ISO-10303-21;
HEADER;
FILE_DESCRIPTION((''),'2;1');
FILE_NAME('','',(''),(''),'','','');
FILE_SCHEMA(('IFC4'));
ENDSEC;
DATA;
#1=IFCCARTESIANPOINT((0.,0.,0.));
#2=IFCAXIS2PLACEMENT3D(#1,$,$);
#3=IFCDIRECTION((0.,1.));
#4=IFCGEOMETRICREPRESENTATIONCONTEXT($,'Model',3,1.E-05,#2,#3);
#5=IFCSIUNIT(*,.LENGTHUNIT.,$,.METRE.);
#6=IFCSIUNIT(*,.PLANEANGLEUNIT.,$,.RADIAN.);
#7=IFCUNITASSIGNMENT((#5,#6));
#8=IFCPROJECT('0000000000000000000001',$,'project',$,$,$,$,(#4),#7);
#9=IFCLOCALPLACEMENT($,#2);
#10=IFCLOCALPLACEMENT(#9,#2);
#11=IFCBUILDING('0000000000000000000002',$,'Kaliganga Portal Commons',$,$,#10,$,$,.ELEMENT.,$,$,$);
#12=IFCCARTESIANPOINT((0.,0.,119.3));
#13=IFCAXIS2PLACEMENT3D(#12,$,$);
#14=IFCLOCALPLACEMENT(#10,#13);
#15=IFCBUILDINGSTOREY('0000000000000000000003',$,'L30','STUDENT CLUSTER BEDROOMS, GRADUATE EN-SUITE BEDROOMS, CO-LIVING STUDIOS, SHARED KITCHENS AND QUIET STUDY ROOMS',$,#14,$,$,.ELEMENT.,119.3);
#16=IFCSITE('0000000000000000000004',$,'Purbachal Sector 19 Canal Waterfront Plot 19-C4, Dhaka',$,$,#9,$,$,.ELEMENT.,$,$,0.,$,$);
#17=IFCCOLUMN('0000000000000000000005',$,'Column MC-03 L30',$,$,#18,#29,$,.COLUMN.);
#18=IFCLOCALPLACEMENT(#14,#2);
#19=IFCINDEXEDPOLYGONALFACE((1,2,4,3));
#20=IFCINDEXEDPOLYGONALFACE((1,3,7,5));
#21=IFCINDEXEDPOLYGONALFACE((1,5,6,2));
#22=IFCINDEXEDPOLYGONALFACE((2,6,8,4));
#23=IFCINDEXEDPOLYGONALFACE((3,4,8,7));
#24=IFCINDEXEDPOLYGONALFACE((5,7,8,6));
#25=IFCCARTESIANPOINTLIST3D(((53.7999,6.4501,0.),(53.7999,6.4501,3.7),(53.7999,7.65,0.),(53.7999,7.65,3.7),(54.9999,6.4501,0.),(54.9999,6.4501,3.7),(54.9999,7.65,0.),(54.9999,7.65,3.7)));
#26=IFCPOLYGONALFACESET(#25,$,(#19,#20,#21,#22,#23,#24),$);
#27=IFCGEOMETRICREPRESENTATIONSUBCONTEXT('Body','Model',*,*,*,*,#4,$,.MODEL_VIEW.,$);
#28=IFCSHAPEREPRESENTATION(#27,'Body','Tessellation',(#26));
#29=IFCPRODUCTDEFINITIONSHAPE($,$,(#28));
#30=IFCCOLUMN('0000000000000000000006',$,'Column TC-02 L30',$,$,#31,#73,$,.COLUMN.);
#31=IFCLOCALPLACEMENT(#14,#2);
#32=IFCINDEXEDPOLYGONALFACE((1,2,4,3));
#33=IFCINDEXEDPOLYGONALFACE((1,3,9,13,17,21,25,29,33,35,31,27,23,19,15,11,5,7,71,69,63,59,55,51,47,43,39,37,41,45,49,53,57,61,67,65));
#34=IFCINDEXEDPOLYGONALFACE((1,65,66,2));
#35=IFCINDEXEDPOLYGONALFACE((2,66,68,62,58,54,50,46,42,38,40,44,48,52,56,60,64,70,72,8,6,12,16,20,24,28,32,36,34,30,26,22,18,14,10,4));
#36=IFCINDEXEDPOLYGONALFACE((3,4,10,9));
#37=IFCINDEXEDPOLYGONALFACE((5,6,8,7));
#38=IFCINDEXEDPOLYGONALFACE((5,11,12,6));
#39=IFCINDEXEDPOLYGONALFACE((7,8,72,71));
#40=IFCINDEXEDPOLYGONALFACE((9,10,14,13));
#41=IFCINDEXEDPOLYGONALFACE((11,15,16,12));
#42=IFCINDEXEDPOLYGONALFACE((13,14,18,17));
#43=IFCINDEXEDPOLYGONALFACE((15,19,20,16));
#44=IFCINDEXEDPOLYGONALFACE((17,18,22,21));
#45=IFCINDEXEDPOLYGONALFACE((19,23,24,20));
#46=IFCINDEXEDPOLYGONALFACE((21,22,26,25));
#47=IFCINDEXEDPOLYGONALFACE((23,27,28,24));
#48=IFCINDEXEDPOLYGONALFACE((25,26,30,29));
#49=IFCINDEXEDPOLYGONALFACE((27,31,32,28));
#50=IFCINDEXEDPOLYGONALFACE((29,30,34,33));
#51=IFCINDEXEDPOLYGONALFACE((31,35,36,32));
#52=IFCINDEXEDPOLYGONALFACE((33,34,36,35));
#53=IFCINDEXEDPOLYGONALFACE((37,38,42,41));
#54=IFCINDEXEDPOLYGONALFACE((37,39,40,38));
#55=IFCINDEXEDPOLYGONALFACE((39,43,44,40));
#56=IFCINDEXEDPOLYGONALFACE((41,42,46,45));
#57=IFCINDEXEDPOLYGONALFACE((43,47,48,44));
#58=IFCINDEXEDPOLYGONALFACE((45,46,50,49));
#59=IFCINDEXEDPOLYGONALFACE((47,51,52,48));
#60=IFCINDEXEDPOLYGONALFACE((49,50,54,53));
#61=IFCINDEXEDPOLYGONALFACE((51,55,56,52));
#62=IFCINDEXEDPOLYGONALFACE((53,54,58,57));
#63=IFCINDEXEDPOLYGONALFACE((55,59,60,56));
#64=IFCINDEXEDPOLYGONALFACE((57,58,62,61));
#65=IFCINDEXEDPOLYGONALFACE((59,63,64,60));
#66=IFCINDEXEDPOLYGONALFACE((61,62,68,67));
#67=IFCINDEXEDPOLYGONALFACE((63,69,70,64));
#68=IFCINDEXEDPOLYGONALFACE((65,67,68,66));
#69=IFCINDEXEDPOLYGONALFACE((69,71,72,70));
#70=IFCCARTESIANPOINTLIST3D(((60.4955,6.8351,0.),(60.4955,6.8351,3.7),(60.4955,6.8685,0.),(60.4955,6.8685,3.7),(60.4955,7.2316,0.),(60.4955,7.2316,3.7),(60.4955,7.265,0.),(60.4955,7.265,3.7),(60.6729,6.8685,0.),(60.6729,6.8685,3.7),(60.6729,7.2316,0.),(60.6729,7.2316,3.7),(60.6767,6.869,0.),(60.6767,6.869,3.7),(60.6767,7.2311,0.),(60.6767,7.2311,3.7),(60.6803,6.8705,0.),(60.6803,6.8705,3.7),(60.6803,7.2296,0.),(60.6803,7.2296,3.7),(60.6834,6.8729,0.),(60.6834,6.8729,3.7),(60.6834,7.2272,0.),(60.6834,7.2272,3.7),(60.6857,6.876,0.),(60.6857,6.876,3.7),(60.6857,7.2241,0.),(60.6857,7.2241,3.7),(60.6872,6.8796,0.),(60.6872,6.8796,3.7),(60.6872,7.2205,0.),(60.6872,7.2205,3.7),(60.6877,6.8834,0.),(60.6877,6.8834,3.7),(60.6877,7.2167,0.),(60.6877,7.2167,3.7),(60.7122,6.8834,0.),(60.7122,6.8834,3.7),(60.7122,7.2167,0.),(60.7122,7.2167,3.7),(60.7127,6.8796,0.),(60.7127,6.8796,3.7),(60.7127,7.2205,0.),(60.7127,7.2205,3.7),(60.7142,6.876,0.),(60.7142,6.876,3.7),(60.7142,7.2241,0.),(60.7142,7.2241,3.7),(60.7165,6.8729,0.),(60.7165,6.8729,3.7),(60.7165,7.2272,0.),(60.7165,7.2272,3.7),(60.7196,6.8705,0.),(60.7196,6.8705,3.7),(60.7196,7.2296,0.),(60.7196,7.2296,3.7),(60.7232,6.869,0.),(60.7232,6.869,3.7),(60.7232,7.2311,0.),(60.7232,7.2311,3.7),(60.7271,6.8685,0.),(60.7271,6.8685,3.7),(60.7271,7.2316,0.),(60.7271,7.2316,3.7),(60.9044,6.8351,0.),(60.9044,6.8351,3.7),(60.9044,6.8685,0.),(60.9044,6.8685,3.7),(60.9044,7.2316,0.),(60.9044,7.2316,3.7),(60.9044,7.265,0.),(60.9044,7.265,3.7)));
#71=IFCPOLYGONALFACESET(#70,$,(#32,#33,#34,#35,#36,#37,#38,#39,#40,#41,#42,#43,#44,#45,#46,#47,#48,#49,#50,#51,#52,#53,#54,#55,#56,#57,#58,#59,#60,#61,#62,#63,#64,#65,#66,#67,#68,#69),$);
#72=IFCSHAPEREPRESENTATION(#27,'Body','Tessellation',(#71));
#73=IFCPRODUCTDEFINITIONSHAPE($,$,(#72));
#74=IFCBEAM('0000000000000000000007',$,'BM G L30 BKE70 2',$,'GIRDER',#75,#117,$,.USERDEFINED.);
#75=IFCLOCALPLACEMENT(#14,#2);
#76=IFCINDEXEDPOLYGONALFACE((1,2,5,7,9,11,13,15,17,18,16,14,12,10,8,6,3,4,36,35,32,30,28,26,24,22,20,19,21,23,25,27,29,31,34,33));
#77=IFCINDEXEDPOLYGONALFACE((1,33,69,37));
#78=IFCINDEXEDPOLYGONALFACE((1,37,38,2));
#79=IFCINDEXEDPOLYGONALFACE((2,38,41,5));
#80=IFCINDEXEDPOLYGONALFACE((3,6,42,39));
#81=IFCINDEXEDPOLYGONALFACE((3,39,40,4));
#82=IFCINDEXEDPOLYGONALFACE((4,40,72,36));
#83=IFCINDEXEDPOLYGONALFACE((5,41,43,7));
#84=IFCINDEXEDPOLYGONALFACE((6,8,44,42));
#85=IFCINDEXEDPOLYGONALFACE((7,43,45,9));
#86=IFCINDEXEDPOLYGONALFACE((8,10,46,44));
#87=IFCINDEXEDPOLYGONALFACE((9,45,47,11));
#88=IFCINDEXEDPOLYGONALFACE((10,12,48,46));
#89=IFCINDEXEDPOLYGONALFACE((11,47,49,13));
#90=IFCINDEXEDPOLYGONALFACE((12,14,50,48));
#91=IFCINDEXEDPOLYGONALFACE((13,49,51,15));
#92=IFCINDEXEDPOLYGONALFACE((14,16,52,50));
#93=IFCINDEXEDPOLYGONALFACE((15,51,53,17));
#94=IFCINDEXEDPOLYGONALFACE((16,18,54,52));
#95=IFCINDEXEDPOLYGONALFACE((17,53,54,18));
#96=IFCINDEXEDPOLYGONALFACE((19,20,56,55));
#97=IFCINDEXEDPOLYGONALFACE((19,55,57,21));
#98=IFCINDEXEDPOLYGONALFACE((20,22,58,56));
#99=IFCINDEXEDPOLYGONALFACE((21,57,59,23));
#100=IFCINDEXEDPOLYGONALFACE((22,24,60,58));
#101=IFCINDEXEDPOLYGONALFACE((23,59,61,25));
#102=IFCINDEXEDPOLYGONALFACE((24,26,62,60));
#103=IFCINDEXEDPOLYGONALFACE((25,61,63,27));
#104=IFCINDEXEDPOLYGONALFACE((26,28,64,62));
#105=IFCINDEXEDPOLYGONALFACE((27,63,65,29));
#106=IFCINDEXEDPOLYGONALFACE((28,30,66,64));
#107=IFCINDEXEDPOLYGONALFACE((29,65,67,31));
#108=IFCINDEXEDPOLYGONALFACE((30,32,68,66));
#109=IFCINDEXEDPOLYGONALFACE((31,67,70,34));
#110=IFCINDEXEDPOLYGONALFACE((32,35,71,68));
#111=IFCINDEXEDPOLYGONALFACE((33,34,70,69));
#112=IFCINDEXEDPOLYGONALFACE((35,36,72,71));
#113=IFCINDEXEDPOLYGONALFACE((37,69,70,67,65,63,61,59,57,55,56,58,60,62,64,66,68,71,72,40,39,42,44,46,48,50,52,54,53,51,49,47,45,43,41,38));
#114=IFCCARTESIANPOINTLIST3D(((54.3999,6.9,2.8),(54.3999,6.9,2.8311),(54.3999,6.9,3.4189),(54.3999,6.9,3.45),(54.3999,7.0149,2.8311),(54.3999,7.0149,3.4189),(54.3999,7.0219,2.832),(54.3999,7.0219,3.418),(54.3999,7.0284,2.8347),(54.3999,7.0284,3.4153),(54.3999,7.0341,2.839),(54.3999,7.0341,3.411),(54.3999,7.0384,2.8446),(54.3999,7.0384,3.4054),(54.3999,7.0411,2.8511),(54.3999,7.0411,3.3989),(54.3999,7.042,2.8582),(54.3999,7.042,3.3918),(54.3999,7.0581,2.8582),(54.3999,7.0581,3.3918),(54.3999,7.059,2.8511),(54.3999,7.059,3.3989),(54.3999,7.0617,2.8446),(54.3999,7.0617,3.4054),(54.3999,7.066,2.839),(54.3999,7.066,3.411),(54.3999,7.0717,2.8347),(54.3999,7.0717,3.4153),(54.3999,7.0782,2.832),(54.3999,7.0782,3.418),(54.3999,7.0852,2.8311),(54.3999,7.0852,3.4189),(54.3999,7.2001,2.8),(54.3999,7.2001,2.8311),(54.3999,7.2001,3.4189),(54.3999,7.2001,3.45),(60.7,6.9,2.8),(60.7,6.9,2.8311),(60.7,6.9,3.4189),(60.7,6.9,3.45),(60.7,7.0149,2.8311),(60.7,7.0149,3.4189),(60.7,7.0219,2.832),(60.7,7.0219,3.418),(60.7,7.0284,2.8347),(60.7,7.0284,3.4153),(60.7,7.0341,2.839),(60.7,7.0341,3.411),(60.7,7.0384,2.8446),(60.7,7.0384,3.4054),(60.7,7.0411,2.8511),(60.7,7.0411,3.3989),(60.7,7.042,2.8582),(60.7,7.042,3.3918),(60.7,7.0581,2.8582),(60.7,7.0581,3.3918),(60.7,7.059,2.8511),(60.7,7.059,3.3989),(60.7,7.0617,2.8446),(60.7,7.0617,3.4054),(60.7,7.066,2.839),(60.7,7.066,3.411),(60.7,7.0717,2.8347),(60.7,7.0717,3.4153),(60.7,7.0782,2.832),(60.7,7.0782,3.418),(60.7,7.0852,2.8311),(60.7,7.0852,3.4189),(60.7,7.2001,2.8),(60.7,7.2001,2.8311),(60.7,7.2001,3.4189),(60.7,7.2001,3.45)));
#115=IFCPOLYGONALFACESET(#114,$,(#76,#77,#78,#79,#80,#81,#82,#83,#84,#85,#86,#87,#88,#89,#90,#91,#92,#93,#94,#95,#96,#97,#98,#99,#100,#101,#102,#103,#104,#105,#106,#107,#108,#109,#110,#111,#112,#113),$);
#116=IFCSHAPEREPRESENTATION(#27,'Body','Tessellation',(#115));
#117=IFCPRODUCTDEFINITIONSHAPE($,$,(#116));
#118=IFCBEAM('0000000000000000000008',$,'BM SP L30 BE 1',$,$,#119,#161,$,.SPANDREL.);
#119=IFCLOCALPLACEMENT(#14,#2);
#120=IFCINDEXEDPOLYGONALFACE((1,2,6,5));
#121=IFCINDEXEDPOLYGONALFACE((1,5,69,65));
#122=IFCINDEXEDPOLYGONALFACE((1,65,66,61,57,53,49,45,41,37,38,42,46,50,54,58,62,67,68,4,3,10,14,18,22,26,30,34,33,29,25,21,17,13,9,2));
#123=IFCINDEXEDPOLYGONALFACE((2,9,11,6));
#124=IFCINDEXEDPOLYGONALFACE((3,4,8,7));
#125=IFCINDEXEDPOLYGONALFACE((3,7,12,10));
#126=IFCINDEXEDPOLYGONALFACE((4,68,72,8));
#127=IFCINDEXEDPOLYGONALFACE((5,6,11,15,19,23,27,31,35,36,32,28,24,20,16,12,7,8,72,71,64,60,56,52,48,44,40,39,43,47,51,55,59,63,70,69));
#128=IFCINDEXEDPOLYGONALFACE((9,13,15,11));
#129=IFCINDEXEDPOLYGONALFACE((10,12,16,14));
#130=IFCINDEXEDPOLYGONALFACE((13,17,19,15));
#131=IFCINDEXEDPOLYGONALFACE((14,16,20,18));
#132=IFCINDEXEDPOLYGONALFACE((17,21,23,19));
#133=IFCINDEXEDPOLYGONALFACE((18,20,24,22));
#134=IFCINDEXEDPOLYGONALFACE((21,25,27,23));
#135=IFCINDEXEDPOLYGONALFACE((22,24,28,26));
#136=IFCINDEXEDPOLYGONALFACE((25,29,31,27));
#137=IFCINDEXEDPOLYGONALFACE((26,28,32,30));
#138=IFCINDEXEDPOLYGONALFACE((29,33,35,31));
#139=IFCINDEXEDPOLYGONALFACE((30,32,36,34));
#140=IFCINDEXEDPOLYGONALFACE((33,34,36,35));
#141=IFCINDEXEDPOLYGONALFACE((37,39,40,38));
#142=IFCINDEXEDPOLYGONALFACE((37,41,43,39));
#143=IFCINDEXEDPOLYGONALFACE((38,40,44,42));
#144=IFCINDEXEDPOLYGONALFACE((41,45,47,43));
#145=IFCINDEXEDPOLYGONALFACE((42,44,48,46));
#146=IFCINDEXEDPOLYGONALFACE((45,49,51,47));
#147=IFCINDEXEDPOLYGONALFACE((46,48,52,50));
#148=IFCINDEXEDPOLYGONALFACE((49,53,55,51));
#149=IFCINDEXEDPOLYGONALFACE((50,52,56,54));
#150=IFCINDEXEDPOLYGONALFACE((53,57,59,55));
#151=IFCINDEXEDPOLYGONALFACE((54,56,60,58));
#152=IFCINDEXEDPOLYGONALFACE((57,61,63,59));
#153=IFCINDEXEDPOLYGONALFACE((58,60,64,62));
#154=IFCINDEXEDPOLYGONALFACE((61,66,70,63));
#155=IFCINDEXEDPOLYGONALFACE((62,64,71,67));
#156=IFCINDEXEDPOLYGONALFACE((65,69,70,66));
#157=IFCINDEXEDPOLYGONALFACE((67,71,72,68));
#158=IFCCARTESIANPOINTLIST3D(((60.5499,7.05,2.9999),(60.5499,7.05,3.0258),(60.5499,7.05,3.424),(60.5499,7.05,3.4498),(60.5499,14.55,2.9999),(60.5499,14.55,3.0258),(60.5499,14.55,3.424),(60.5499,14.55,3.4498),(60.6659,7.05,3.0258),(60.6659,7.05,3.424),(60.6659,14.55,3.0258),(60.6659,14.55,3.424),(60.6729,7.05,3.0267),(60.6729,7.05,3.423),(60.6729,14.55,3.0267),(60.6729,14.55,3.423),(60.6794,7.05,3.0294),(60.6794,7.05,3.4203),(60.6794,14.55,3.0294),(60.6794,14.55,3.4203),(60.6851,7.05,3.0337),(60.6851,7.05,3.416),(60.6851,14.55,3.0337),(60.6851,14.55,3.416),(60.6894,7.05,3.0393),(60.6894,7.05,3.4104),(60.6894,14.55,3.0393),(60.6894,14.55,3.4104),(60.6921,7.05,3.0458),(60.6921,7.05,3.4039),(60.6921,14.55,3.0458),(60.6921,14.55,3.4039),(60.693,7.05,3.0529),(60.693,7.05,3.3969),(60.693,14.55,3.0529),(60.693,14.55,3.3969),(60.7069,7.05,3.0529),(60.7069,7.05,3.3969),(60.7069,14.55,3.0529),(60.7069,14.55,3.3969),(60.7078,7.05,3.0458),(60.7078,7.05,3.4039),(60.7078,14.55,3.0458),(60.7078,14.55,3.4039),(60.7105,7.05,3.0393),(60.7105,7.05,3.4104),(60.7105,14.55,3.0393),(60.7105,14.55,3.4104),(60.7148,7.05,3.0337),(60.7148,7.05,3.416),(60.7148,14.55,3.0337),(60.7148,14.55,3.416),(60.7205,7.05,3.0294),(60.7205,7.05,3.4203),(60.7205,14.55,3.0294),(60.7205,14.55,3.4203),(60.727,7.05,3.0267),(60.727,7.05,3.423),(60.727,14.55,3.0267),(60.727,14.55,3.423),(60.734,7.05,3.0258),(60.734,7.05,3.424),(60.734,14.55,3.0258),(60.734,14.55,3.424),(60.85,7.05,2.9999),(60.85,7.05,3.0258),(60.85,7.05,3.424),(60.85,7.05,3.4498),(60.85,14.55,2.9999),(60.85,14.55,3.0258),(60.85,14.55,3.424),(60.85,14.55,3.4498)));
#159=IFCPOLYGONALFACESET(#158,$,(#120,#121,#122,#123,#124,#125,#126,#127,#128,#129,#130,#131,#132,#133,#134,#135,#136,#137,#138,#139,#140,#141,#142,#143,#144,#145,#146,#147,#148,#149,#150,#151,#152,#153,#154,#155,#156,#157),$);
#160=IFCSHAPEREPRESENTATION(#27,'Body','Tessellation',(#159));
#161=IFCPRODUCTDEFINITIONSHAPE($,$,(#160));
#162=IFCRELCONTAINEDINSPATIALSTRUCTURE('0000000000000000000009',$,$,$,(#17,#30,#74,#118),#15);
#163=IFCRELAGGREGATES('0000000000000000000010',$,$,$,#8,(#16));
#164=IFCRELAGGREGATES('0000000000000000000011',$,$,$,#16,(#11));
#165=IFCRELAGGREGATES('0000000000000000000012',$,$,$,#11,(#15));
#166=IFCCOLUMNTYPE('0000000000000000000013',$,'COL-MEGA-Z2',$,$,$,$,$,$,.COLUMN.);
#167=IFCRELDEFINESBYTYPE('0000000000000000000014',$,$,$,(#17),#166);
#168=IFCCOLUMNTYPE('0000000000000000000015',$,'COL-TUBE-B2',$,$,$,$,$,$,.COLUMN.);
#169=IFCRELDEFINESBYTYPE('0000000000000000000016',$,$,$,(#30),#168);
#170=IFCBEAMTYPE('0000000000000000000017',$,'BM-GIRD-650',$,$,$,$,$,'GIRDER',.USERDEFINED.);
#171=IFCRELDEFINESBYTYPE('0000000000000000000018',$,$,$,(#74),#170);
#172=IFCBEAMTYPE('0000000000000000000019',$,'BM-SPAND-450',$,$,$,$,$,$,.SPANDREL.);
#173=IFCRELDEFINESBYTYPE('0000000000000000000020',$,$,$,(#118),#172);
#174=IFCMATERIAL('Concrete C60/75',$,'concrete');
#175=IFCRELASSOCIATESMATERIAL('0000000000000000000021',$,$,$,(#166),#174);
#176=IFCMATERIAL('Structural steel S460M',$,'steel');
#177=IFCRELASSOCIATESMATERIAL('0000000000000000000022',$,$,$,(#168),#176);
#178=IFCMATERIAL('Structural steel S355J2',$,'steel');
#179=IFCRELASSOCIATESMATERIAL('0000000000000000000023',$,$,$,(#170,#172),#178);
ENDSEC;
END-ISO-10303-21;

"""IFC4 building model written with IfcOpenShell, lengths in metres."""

from ifc_helpers import new_model, si_unit, direction, frame, origin, origin_2d, place, context, subcontext, project, spatial, rectangle, i_section, extrude, source, transform, mapped, material, material_profile, profile_set, type_object, element, save


model = new_model("IFC4")

# Units and contexts
model_context = context("Model", 3, precision=1e-05, world=origin(), true_north=direction((0.0, 1.0)))
body_context = subcontext(model_context, "Body", "Model", "MODEL_VIEW")
ifc_project = project(units=[si_unit("LENGTHUNIT", "METRE"), si_unit("PLANEANGLEUNIT", "RADIAN")], contexts=[model_context])

# Site, building, storey
site_placement = place(None, origin())
site = spatial("IfcSite", under=ifc_project, at=site_placement, Name="Purbachal Sector 19 Canal Waterfront Plot 19-C4, Dhaka", CompositionType="ELEMENT", RefElevation=0.0)
building_placement = place(site_placement, origin())
building = spatial("IfcBuilding", under=site, at=building_placement, Name="Kaliganga Portal Commons", CompositionType="ELEMENT")
storey_placement = place(building_placement, frame((0.0, 0.0, 119.3)))
storey = spatial("IfcBuildingStorey", under=building, at=storey_placement, Name="L30", Description="STUDENT CLUSTER BEDROOMS, GRADUATE EN-SUITE BEDROOMS, CO-LIVING STUDIOS, SHARED KITCHENS AND QUIET STUDY ROOMS", CompositionType="ELEMENT", Elevation=119.3)

# Columns
ifc_material_1 = material(Name="Concrete C60/75", Category="concrete")
ifc_material_profile_1 = material_profile(ifc_material_1, rectangle(XDim=1.2, YDim=1.2, at=origin_2d()), Name="RC 1200x1200")
ifc_profile_set_1 = profile_set([ifc_material_profile_1], Name="Concrete C60/75")
column_type_1 = type_object("IfcColumnType", Name="COL-MEGA-Z2", PredefinedType="COLUMN", material=ifc_profile_set_1)
shared_shape_1 = source(origin(), body_context, "Body", "SweptSolid", [
    extrude(rectangle(XDim=1.2, YDim=1.2, at=origin_2d()), origin(), (0.0, 0.0, 1.0), 3.7),
])
column_1_placement = place(storey_placement, frame((54.3999, 7.05, 0.0), z_axis=(0.0, 0.0, 1.0), x_axis=(1.0, 0.0, 0.0)))
element("IfcColumn", 1, at=column_1_placement, inside=storey, type_object=column_type_1, Name="Column MC-03 L30", PredefinedType="COLUMN", context=body_context, shape_type="MappedRepresentation", body=[
    mapped(shared_shape_1, transform((0.0, 0.0, 0.0), x_axis=(1.0, 0.0, 0.0), y_axis=(0.0, 1.0, 0.0), z_axis=(0.0, 0.0, 1.0), scale=1.0)),
])
ifc_material_2 = material(Name="Structural steel S460M", Category="steel")
ifc_material_profile_2 = material_profile(ifc_material_2, i_section(OverallWidth=0.4089, OverallDepth=0.4299, WebThickness=0.0244, FlangeThickness=0.0334, FilletRadius=0.0149, at=origin_2d()), Name="HD 400x421")
ifc_profile_set_2 = profile_set([ifc_material_profile_2], Name="Structural steel S460M wide-flange")
column_type_2 = type_object("IfcColumnType", Name="COL-TUBE-B2", PredefinedType="COLUMN", material=ifc_profile_set_2)
shared_shape_2 = source(origin(), body_context, "Body", "SweptSolid", [
    extrude(i_section(OverallWidth=0.4089, OverallDepth=0.4299, WebThickness=0.0244, FlangeThickness=0.0334, FilletRadius=0.0149, at=origin_2d()), origin(), (0.0, 0.0, 1.0), 3.7),
])
column_2_placement = place(storey_placement, frame((60.7, 7.05, 0.0), z_axis=(0.0, 0.0, 1.0), x_axis=(1.0, 0.0, 0.0)))
element("IfcColumn", 2, at=column_2_placement, inside=storey, type_object=column_type_2, Name="Column TC-02 L30", PredefinedType="COLUMN", context=body_context, shape_type="MappedRepresentation", body=[
    mapped(shared_shape_2, transform((0.0, 0.0, 0.0), x_axis=(1.0, 0.0, 0.0), y_axis=(0.0, 1.0, 0.0), z_axis=(0.0, 0.0, 1.0), scale=1.0)),
])

# Beams
ifc_material_3 = material(Name="Structural steel S355J2", Category="steel")
ifc_material_profile_3 = material_profile(ifc_material_3, i_section(OverallWidth=0.3, OverallDepth=0.6499, WebThickness=0.0161, FlangeThickness=0.031, FilletRadius=0.0271, at=origin_2d()), Name="HE 650 B")
ifc_profile_set_3 = profile_set([ifc_material_profile_3], Name="Structural steel S355J2 wide-flange")
beam_type_1 = type_object("IfcBeamType", Name="BM-GIRD-650", ElementType="GIRDER", PredefinedType="USERDEFINED", material=ifc_profile_set_3)
shared_shape_3 = source(origin(), body_context, "Body", "SweptSolid", [
    extrude(i_section(OverallWidth=0.3, OverallDepth=0.6499, WebThickness=0.0161, FlangeThickness=0.031, FilletRadius=0.0271, at=origin_2d()), origin(), (0.0, 0.0, 1.0), 6.3),
])
beam_1_placement = place(storey_placement, frame((54.3999, 7.05, 3.125), z_axis=(1.0, 0.0, 0.0), x_axis=(0.0, 1.0, 0.0)))
element("IfcBeam", 3, at=beam_1_placement, inside=storey, type_object=beam_type_1, Name="BM G L30 BKE70 2", ObjectType="GIRDER", PredefinedType="USERDEFINED", context=body_context, shape_type="MappedRepresentation", body=[
    mapped(shared_shape_3, transform((0.0, 0.0, 0.0), x_axis=(1.0, 0.0, 0.0), y_axis=(0.0, 1.0, 0.0), z_axis=(0.0, 0.0, 1.0), scale=1.0)),
])
ifc_material_profile_4 = material_profile(ifc_material_3, i_section(OverallWidth=0.3, OverallDepth=0.45, WebThickness=0.0139, FlangeThickness=0.0259, FilletRadius=0.0271, at=origin_2d()), Name="HE 450 B")
ifc_profile_set_4 = profile_set([ifc_material_profile_4], Name="Structural steel S355J2 wide-flange")
beam_type_2 = type_object("IfcBeamType", Name="BM-SPAND-450", PredefinedType="SPANDREL", material=ifc_profile_set_4)
shared_shape_4 = source(origin(), body_context, "Body", "SweptSolid", [
    extrude(i_section(OverallWidth=0.3, OverallDepth=0.45, WebThickness=0.0139, FlangeThickness=0.0259, FilletRadius=0.0271, at=origin_2d()), origin(), (0.0, 0.0, 1.0), 7.5),
])
beam_2_placement = place(storey_placement, frame((60.7, 7.05, 3.2249), z_axis=(0.0, 1.0, 0.0), x_axis=(-1.0, 0.0, 0.0)))
element("IfcBeam", 4, at=beam_2_placement, inside=storey, type_object=beam_type_2, Name="BM SP L30 BE 1", PredefinedType="SPANDREL", context=body_context, shape_type="MappedRepresentation", body=[
    mapped(shared_shape_4, transform((0.0, 0.0, 0.0), x_axis=(1.0, 0.0, 0.0), y_axis=(0.0, 1.0, 0.0), z_axis=(0.0, 0.0, 1.0), scale=1.0)),
])

save(model, "model.ifc")
